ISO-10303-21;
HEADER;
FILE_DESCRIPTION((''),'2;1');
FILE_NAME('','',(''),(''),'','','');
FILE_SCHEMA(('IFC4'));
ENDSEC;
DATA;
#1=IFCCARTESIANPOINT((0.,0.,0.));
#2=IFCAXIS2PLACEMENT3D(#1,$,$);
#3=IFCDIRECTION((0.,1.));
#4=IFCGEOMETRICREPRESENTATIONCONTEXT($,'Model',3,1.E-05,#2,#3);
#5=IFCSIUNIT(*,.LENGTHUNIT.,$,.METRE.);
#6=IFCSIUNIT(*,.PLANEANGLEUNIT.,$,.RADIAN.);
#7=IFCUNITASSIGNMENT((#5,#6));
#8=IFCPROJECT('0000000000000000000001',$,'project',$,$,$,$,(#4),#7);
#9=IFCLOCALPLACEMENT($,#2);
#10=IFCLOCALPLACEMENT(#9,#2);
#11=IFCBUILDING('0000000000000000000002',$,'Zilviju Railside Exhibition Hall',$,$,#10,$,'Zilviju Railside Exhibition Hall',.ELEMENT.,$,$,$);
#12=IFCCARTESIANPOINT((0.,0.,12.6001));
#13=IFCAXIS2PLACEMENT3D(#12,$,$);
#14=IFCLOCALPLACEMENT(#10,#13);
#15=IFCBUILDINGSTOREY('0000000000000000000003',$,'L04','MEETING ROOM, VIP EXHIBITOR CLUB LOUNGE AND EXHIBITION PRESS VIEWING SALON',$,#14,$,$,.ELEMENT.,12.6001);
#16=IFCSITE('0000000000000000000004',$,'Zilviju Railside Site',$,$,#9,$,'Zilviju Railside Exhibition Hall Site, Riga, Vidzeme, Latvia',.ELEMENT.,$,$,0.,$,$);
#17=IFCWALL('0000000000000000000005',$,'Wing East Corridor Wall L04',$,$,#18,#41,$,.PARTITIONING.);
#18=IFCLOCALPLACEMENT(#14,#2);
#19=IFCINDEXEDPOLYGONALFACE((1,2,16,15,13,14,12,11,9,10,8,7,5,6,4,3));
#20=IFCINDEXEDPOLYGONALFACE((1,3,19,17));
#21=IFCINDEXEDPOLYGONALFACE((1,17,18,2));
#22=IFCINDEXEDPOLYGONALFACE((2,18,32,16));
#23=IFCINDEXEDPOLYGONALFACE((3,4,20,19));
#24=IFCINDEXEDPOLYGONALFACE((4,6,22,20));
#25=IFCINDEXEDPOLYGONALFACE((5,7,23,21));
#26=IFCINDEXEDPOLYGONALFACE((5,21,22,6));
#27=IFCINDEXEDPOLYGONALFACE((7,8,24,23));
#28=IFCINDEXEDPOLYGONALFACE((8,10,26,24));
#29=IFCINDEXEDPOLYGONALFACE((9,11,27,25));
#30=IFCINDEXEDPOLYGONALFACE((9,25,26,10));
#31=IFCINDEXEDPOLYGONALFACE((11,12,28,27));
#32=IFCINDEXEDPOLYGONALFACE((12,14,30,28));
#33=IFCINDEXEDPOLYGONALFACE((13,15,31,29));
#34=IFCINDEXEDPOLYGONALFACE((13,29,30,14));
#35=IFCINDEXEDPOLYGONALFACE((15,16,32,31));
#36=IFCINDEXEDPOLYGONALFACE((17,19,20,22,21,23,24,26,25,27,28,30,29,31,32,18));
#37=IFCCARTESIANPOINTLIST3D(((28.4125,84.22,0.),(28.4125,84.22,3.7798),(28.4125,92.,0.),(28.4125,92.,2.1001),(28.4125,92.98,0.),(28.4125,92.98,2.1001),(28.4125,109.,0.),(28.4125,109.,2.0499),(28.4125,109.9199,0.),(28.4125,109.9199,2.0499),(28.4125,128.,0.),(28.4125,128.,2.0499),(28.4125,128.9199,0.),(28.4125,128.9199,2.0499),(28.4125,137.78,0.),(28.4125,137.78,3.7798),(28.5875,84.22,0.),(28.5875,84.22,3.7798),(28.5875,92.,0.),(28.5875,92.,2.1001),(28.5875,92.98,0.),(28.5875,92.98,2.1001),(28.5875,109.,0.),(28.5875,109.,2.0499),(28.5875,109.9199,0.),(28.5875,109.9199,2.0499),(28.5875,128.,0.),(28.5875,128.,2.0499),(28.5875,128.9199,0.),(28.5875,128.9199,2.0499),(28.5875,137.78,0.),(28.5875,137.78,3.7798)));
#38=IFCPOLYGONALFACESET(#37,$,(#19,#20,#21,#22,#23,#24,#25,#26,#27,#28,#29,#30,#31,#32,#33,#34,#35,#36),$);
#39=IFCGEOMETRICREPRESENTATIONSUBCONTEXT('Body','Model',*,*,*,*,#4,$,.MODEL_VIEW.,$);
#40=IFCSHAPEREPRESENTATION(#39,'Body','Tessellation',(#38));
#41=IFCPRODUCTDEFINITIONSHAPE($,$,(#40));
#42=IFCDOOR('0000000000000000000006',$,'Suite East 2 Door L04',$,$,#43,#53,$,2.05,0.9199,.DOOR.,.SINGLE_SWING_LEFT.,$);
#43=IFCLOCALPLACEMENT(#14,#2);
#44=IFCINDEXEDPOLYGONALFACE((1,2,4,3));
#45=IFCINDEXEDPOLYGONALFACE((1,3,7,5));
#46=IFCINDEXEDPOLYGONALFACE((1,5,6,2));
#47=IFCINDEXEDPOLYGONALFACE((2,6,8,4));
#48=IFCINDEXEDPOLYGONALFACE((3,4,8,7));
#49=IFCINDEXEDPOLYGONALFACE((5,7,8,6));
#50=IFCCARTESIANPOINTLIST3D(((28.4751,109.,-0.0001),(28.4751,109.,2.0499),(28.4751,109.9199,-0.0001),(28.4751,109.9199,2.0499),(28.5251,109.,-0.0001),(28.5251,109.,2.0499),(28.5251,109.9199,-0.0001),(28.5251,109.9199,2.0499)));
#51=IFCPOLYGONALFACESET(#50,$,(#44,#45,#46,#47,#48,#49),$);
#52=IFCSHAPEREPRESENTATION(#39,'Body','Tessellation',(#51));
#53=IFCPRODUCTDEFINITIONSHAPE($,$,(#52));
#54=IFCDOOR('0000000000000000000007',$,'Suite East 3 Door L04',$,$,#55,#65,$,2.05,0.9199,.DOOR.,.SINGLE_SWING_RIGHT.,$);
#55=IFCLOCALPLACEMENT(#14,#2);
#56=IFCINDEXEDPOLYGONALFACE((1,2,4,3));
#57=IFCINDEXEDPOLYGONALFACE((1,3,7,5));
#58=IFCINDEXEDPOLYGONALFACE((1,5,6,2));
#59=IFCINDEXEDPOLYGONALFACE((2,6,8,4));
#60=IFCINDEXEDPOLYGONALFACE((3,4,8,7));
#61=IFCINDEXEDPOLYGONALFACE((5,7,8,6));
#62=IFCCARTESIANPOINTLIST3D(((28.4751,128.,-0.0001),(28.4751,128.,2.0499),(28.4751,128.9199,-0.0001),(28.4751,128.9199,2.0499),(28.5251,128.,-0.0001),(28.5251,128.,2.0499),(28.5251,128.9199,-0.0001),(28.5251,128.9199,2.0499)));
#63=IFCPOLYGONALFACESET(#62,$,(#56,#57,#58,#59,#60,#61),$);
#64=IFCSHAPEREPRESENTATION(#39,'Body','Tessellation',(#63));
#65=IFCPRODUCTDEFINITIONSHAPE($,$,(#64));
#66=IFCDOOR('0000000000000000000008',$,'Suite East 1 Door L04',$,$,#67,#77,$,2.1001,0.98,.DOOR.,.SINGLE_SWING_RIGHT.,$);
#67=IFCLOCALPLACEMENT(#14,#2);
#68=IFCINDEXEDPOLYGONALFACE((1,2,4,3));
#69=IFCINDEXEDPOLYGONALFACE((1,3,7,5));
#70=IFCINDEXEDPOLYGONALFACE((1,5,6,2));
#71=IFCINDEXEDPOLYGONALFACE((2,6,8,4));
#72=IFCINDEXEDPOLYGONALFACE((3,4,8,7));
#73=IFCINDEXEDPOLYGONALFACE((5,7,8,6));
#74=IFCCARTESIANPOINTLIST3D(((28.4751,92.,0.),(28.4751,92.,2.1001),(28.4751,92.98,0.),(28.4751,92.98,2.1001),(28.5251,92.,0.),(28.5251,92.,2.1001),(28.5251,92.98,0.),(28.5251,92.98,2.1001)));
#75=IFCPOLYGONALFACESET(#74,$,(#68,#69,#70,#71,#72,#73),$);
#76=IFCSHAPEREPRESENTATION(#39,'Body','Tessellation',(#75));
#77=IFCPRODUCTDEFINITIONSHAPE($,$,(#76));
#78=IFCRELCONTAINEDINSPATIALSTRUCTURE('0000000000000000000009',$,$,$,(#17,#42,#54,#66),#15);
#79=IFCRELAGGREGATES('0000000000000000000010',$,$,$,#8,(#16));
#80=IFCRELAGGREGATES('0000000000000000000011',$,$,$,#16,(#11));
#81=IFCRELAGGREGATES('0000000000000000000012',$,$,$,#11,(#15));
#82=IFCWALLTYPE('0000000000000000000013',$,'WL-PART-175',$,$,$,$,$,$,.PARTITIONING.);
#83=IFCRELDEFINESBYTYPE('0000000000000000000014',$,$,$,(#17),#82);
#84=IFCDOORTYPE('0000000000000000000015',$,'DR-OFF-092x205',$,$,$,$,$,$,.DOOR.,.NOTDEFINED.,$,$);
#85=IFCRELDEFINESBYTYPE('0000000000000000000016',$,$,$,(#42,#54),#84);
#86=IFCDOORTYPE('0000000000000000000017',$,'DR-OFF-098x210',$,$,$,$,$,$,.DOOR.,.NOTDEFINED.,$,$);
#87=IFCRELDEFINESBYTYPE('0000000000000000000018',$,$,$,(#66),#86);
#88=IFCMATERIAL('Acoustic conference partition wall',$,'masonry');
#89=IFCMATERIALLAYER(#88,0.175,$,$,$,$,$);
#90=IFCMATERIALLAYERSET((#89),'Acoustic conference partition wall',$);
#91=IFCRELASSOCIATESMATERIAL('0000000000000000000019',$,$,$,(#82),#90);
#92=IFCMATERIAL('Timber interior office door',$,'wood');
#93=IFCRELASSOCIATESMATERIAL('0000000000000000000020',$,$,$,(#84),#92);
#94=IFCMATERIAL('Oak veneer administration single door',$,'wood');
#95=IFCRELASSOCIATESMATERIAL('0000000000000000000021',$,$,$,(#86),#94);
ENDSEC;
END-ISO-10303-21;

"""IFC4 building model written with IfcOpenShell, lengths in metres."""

from ifc_helpers import new_model, si_unit, direction, frame, frame_2d, origin, place, context, subcontext, project, spatial, rectangle, extrude, material, layer, layer_set, type_object, element, fill, save


model = new_model("IFC4")

# Units and contexts
model_context = context("Model", 3, precision=1e-05, world=origin(), true_north=direction((0.0, 1.0)))
body_context = subcontext(model_context, "Body", "Model", "MODEL_VIEW")
ifc_project = project(units=[si_unit("LENGTHUNIT", "METRE"), si_unit("PLANEANGLEUNIT", "RADIAN")], contexts=[model_context])

# Site, building, storey
site_placement = place(None, origin())
site = spatial("IfcSite", under=ifc_project, at=site_placement, Name="Zilviju Railside Site", LongName="Zilviju Railside Exhibition Hall Site, Riga, Vidzeme, Latvia", CompositionType="ELEMENT", RefElevation=0.0)
building_placement = place(site_placement, origin())
building = spatial("IfcBuilding", under=site, at=building_placement, Name="Zilviju Railside Exhibition Hall", LongName="Zilviju Railside Exhibition Hall", CompositionType="ELEMENT")
storey_placement = place(building_placement, frame((0.0, 0.0, 12.6001)))
storey = spatial("IfcBuildingStorey", under=building, at=storey_placement, Name="L04", Description="MEETING ROOM, VIP EXHIBITOR CLUB LOUNGE AND EXHIBITION PRESS VIEWING SALON", CompositionType="ELEMENT", Elevation=12.6001)

# Wall, openings, doors
ifc_material_1 = material(Name="Acoustic conference partition wall", Category="masonry")
ifc_layer_1 = layer(ifc_material_1, 0.175)
ifc_layer_set_1 = layer_set([ifc_layer_1], Name="Acoustic conference partition wall")
wall_type_1 = type_object("IfcWallType", Name="WL-PART-175", PredefinedType="PARTITIONING", material=ifc_layer_set_1)
wall_1_placement = place(storey_placement, frame((28.5, 84.22, 0.0), z_axis=(0.0, 0.0, 1.0), x_axis=(0.0, 1.0, 0.0)))
wall_1 = element("IfcWall", 1, at=wall_1_placement, inside=storey, type_object=wall_type_1, Name="Wing East Corridor Wall L04", PredefinedType="PARTITIONING", context=body_context, shape_type="SweptSolid", body=[
    extrude(rectangle(XDim=53.5601, YDim=0.175, at=frame_2d((26.78, 0.0))), origin(), (0.0, 0.0, 1.0), 3.7798),
])
opening_1_placement = place(wall_1_placement, frame((7.78, 0.0, 0.0)))
opening_1 = element("IfcOpeningElement", 2, at=opening_1_placement, cuts=wall_1, PredefinedType="OPENING", context=body_context, shape_type="SweptSolid", body=[
    extrude(rectangle(XDim=0.98, YDim=2.1001, at=frame_2d((0.49, 1.05))), frame((0.0, 0.0974, 0.0), z_axis=(0.0, -1.0, 0.0), x_axis=(1.0, 0.0, 0.0)), (0.0, 0.0, 1.0), 0.1951),
])
opening_2_placement = place(wall_1_placement, frame((24.78, 0.0, 0.0)))
opening_2 = element("IfcOpeningElement", 3, at=opening_2_placement, cuts=wall_1, PredefinedType="OPENING", context=body_context, shape_type="SweptSolid", body=[
    extrude(rectangle(XDim=0.9199, YDim=2.05, at=frame_2d((0.46, 1.0249))), frame((0.0, 0.0974, 0.0), z_axis=(0.0, -1.0, 0.0), x_axis=(1.0, 0.0, 0.0)), (0.0, 0.0, 1.0), 0.1951),
])
opening_3_placement = place(wall_1_placement, frame((43.78, 0.0, 0.0)))
opening_3 = element("IfcOpeningElement", 4, at=opening_3_placement, cuts=wall_1, PredefinedType="OPENING", context=body_context, shape_type="SweptSolid", body=[
    extrude(rectangle(XDim=0.9199, YDim=2.05, at=frame_2d((0.46, 1.0249))), frame((0.0, 0.0974, 0.0), z_axis=(0.0, -1.0, 0.0), x_axis=(1.0, 0.0, 0.0)), (0.0, 0.0, 1.0), 0.1951),
])
ifc_material_2 = material(Name="Timber interior office door", Category="wood")
door_type_1 = type_object("IfcDoorType", Name="DR-OFF-092x205", OperationType="NOTDEFINED", PredefinedType="DOOR", material=ifc_material_2)
door_1_placement = place(opening_2_placement, origin())
door_1 = element("IfcDoor", 5, at=door_1_placement, inside=storey, type_object=door_type_1, Name="Suite East 2 Door L04", OperationType="SINGLE_SWING_LEFT", OverallHeight=2.05, OverallWidth=0.9199, PredefinedType="DOOR", context=body_context, shape_type="SweptSolid", body=[
    extrude(rectangle(XDim=0.9199, YDim=2.05, at=frame_2d((0.46, 1.0249))), frame((0.0, 0.0249, 0.0), z_axis=(0.0, -1.0, 0.0), x_axis=(1.0, 0.0, 0.0)), (0.0, 0.0, 1.0), 0.05),
])
fill(opening_2, door_1)
door_2_placement = place(opening_3_placement, origin())
door_2 = element("IfcDoor", 6, at=door_2_placement, inside=storey, type_object=door_type_1, Name="Suite East 3 Door L04", OperationType="SINGLE_SWING_RIGHT", OverallHeight=2.05, OverallWidth=0.9199, PredefinedType="DOOR", context=body_context, shape_type="SweptSolid", body=[
    extrude(rectangle(XDim=0.9199, YDim=2.05, at=frame_2d((0.46, 1.0249))), frame((0.0, 0.0249, 0.0), z_axis=(0.0, -1.0, 0.0), x_axis=(1.0, 0.0, 0.0)), (0.0, 0.0, 1.0), 0.05),
])
fill(opening_3, door_2)
ifc_material_3 = material(Name="Oak veneer administration single door", Category="wood")
door_type_2 = type_object("IfcDoorType", Name="DR-OFF-098x210", OperationType="NOTDEFINED", PredefinedType="DOOR", material=ifc_material_3)
door_3_placement = place(opening_1_placement, origin())
door_3 = element("IfcDoor", 7, at=door_3_placement, inside=storey, type_object=door_type_2, Name="Suite East 1 Door L04", OperationType="SINGLE_SWING_RIGHT", OverallHeight=2.1001, OverallWidth=0.98, PredefinedType="DOOR", context=body_context, shape_type="SweptSolid", body=[
    extrude(rectangle(XDim=0.98, YDim=2.1001, at=frame_2d((0.49, 1.05))), frame((0.0, 0.0249, 0.0), z_axis=(0.0, -1.0, 0.0), x_axis=(1.0, 0.0, 0.0)), (0.0, 0.0, 1.0), 0.05),
])
fill(opening_1, door_3)

save(model, "model.ifc")
